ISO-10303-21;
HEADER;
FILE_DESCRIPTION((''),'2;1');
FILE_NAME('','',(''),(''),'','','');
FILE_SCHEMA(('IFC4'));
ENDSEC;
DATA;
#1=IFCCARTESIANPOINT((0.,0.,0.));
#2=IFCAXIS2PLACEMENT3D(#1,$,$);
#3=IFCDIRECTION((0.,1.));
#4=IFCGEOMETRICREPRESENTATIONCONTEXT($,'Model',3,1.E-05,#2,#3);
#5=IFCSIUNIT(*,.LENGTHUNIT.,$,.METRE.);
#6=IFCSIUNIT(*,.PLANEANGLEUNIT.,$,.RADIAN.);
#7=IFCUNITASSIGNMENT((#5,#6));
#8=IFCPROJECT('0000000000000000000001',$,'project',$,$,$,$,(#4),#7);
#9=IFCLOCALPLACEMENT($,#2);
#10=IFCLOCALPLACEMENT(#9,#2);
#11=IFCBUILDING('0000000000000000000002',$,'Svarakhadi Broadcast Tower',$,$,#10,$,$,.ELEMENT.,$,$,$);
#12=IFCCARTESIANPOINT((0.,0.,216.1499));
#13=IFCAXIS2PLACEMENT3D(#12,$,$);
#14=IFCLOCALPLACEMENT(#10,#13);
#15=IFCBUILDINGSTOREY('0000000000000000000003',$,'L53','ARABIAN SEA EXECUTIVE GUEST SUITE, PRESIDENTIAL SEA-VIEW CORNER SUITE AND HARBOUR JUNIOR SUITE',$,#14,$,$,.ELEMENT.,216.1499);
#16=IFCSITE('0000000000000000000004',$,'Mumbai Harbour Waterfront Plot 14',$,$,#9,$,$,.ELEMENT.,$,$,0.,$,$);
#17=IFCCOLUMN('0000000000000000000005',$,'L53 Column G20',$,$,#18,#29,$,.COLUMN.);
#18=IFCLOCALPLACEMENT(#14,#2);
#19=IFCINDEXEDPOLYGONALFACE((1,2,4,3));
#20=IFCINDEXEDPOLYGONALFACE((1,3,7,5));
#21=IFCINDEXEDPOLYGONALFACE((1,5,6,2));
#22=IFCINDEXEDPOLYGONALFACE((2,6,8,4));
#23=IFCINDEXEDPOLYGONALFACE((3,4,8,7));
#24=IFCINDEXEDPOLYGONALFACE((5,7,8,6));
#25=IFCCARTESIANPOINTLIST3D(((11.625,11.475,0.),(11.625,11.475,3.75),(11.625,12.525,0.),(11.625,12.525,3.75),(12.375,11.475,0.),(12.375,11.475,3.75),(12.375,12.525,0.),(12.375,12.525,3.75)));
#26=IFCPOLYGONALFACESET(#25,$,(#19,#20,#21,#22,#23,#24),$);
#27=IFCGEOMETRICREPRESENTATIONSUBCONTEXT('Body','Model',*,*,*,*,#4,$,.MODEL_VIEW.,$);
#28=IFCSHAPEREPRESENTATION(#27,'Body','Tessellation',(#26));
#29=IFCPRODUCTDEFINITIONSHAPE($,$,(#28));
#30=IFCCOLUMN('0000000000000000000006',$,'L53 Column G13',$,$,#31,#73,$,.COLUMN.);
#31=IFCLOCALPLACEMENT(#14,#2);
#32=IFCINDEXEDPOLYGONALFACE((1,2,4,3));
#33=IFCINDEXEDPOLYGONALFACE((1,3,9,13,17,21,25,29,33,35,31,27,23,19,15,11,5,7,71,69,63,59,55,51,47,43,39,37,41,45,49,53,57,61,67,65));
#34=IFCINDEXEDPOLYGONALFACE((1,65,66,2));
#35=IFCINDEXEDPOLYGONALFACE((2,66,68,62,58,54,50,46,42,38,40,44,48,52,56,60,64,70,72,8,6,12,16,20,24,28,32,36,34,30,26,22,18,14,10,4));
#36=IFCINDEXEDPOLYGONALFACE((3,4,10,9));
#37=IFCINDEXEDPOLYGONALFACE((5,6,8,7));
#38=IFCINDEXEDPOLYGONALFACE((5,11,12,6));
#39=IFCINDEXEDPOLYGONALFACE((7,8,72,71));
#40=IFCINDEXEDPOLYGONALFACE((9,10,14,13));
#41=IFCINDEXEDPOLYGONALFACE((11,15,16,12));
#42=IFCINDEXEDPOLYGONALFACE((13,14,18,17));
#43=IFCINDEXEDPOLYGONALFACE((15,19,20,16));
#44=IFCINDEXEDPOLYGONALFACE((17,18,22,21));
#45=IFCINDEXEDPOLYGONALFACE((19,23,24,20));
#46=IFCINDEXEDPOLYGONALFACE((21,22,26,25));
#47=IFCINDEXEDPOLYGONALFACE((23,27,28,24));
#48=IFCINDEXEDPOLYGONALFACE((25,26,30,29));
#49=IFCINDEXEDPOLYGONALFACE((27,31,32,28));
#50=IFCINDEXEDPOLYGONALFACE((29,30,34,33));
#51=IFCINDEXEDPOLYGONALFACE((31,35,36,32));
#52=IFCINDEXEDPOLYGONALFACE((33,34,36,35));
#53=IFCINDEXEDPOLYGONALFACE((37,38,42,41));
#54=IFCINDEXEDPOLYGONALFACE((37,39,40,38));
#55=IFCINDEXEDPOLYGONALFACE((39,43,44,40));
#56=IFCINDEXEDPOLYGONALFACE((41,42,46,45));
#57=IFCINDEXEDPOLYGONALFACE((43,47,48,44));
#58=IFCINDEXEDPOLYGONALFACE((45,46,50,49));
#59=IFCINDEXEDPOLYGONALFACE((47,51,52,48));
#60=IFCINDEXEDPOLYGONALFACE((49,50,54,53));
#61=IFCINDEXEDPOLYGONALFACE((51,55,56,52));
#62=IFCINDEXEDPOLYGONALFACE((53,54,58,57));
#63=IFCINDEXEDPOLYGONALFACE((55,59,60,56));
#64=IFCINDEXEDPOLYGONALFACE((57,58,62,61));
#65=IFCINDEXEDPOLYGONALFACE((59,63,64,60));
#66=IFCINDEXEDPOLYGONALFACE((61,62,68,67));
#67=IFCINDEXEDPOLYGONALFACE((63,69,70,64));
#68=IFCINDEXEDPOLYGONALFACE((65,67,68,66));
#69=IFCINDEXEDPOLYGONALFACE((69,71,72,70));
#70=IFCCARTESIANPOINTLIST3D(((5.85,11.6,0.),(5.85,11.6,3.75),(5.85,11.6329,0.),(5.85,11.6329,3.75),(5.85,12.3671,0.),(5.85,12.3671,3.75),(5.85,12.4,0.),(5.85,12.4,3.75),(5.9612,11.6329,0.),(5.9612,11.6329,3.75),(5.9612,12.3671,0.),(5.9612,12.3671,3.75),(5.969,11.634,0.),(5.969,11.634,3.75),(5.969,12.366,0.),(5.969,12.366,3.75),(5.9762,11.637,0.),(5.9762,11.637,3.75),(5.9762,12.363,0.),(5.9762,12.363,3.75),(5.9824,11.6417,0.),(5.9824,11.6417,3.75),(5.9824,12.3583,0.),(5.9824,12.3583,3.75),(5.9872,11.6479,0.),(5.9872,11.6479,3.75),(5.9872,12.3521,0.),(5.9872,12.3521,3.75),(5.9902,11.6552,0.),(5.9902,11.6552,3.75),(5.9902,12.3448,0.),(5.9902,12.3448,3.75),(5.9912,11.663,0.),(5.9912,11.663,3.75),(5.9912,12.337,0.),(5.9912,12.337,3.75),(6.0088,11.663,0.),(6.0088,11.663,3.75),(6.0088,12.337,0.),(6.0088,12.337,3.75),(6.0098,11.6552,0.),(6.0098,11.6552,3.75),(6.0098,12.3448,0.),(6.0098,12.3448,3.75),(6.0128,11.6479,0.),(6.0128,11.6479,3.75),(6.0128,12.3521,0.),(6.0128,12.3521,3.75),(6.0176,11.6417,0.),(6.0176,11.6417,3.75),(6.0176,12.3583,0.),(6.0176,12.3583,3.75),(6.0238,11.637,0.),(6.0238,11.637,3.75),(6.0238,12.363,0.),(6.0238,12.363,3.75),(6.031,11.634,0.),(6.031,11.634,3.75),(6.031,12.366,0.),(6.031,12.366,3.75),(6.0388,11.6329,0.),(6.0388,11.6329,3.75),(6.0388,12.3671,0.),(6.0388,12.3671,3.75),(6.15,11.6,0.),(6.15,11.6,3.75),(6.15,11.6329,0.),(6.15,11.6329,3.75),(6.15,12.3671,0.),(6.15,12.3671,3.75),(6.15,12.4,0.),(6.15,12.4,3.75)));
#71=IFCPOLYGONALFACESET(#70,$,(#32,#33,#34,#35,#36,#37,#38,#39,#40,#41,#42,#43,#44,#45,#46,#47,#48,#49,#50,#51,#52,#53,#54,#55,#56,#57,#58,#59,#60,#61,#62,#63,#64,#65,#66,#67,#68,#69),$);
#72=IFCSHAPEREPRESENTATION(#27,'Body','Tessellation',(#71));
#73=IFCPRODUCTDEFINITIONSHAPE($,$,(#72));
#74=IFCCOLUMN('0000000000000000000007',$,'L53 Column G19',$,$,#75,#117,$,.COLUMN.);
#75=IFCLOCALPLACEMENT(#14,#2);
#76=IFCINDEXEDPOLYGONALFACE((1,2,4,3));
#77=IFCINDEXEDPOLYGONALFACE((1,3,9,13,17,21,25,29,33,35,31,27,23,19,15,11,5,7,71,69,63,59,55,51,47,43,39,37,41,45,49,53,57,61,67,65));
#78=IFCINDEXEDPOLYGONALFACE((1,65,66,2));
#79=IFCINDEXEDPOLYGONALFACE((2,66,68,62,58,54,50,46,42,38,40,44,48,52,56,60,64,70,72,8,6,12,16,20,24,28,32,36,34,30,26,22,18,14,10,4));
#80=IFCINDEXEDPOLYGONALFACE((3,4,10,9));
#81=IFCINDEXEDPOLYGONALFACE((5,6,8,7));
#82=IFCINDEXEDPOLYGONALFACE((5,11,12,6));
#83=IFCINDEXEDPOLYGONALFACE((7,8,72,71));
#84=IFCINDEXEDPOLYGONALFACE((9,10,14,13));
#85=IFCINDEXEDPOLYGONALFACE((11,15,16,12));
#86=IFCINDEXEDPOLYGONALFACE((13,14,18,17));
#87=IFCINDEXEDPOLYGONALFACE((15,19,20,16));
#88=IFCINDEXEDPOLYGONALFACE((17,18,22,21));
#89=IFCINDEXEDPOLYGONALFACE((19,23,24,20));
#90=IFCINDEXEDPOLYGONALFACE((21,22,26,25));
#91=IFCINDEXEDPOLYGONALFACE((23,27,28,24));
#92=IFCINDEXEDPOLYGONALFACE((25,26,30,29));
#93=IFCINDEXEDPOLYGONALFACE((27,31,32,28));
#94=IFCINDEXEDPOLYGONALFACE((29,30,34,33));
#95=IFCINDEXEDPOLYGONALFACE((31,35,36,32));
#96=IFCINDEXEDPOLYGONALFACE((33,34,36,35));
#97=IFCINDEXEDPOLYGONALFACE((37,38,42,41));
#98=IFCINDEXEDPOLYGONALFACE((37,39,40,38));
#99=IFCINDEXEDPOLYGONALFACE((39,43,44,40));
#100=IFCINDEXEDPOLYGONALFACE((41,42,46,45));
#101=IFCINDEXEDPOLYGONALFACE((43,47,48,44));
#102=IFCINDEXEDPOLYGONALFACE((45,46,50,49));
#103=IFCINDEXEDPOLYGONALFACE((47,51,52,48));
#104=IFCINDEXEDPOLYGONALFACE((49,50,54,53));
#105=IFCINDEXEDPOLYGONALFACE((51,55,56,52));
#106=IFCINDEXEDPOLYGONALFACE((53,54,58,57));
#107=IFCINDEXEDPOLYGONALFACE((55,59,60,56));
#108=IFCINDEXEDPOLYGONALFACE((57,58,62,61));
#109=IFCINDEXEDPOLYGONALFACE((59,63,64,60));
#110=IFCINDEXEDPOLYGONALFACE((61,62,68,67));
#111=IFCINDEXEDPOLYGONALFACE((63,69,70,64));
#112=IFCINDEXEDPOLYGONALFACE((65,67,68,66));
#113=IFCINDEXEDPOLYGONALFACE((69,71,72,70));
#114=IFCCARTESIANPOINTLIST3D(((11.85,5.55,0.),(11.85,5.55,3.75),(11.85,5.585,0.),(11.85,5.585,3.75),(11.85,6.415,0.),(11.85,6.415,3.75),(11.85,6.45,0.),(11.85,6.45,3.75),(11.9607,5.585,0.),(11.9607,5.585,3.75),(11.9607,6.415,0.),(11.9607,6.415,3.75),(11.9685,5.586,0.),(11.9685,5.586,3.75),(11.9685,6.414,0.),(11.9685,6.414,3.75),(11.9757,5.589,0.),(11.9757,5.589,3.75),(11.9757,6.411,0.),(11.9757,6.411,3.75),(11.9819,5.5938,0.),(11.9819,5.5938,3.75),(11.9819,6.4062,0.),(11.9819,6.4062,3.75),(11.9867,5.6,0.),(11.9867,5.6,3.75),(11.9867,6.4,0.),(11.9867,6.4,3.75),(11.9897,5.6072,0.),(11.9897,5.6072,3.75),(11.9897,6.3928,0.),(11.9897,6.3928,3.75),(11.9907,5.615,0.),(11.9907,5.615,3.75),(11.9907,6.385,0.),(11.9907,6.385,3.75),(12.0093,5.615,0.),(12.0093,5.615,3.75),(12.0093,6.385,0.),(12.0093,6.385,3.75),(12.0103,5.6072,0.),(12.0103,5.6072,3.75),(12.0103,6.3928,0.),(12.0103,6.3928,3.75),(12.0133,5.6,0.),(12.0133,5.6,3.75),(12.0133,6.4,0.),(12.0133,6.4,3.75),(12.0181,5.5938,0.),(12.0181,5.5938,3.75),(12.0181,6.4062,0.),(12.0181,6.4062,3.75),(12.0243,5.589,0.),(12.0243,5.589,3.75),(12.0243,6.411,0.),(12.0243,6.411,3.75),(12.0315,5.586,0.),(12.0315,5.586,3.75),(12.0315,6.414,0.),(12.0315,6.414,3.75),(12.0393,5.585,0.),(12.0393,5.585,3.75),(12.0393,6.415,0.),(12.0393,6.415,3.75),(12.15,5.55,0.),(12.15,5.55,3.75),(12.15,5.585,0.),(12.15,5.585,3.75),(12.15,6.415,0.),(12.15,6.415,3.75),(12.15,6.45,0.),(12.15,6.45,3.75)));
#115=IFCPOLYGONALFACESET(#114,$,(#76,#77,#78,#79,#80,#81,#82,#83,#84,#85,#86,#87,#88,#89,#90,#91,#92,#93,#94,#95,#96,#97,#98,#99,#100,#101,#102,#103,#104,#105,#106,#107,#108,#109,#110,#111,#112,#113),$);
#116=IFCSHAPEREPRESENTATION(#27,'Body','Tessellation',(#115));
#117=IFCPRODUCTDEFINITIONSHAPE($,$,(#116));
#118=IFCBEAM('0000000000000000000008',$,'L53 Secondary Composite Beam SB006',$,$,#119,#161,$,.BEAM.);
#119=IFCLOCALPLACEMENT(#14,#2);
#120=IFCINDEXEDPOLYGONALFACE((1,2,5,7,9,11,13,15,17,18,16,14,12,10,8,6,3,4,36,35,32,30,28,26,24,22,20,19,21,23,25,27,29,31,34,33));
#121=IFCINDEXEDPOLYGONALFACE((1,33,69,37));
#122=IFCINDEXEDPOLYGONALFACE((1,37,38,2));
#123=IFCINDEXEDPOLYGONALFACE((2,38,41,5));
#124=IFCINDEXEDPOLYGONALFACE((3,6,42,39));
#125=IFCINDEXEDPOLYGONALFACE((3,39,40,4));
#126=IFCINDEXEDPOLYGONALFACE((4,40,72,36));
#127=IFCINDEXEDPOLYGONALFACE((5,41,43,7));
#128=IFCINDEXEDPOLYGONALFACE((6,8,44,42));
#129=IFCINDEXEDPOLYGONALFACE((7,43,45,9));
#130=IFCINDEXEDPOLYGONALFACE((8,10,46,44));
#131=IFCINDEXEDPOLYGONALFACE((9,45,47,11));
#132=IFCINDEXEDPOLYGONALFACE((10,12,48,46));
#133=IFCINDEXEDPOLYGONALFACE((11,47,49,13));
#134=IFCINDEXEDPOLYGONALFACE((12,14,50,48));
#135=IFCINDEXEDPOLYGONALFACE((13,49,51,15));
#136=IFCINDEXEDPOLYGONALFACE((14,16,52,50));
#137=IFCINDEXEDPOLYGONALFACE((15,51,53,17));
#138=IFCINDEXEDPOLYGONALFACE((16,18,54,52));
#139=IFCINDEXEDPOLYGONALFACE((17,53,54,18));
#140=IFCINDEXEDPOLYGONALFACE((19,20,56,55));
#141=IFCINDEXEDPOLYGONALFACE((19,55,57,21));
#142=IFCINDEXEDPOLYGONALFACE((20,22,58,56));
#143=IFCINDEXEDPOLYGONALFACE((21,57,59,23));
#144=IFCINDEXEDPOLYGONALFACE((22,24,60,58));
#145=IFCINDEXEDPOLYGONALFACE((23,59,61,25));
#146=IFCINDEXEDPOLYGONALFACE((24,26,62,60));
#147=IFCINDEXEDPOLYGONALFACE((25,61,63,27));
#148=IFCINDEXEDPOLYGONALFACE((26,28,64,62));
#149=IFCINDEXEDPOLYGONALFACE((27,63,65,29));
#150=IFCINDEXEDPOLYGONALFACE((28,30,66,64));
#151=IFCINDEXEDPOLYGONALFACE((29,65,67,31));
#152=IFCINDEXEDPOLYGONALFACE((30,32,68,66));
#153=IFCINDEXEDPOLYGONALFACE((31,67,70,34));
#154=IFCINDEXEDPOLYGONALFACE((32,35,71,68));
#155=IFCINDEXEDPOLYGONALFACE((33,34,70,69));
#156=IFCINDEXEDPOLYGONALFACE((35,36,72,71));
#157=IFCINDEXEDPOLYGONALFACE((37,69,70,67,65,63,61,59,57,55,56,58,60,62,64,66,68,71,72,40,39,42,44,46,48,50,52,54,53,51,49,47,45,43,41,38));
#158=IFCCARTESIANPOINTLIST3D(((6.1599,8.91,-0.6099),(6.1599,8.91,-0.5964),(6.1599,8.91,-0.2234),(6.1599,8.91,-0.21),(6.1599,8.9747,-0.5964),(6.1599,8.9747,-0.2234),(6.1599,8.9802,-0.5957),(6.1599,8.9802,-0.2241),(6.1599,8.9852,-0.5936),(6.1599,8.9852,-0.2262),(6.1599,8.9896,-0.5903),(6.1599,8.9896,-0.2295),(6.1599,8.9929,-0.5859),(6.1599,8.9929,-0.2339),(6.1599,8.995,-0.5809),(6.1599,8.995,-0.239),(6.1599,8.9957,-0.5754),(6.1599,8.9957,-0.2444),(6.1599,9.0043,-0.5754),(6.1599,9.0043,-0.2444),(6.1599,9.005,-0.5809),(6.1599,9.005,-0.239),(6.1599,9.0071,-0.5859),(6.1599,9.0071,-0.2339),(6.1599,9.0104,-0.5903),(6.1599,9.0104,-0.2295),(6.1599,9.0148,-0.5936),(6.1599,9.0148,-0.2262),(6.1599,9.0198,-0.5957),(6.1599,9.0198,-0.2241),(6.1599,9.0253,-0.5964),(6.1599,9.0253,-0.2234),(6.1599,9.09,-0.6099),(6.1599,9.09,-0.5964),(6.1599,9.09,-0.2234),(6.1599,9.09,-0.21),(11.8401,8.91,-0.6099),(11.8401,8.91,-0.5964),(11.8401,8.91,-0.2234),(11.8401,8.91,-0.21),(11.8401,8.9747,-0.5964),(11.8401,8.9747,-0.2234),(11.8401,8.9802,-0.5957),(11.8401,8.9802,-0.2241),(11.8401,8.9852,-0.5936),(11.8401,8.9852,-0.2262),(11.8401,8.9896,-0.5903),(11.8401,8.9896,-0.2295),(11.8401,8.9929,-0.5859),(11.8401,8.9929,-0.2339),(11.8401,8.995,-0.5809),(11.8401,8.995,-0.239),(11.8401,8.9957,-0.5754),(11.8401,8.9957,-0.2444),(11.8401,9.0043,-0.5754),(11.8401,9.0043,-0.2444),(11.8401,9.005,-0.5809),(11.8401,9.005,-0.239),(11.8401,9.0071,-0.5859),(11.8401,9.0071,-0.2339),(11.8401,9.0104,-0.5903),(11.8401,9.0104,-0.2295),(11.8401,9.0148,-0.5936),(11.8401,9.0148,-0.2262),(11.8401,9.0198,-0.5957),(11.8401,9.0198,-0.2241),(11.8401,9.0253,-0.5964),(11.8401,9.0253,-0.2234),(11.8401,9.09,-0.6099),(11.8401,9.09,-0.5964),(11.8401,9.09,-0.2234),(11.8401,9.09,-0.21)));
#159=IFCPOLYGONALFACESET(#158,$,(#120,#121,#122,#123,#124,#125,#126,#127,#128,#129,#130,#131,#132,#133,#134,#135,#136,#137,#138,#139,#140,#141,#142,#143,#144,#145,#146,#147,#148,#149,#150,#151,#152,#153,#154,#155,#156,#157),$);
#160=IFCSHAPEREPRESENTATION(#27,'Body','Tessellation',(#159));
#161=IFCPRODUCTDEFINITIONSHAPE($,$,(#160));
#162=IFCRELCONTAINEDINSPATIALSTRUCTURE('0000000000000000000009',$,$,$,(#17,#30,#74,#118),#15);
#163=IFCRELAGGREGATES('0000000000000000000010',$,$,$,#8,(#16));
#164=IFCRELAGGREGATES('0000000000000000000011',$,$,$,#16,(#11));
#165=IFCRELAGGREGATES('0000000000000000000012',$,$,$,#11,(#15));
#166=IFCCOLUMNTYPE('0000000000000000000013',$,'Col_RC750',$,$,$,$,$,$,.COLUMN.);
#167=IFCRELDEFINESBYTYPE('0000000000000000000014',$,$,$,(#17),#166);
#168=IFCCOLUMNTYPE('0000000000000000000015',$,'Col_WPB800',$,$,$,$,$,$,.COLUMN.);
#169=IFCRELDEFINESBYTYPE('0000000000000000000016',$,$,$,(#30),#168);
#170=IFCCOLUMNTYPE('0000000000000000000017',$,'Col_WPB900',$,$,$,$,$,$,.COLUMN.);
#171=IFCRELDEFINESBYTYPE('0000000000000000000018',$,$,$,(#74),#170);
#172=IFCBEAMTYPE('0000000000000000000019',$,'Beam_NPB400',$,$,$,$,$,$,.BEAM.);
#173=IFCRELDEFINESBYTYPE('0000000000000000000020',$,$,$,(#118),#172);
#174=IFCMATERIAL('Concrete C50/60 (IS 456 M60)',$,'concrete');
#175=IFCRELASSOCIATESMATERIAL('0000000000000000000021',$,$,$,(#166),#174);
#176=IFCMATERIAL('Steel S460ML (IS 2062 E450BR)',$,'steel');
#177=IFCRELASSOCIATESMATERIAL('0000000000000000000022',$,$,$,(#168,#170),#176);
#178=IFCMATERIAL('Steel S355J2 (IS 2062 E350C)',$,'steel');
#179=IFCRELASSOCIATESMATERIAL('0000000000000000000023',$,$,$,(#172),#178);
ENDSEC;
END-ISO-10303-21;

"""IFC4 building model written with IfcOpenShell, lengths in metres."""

from ifc_helpers import new_model, si_unit, direction, frame, origin, origin_2d, place, context, subcontext, project, spatial, rectangle, i_section, extrude, material, material_profile, profile_set, type_object, element, save


model = new_model("IFC4")

# Units and contexts
model_context = context("Model", 3, precision=1e-05, world=origin(), true_north=direction((0.0, 1.0)))
body_context = subcontext(model_context, "Body", "Model", "MODEL_VIEW")
ifc_project = project(units=[si_unit("LENGTHUNIT", "METRE"), si_unit("PLANEANGLEUNIT", "RADIAN")], contexts=[model_context])

# Site, building, storey
site_placement = place(None, origin())
site = spatial("IfcSite", under=ifc_project, at=site_placement, Name="Mumbai Harbour Waterfront Plot 14", CompositionType="ELEMENT", RefElevation=0.0)
building_placement = place(site_placement, origin())
building = spatial("IfcBuilding", under=site, at=building_placement, Name="Svarakhadi Broadcast Tower", CompositionType="ELEMENT")
storey_placement = place(building_placement, frame((0.0, 0.0, 216.1499)))
storey = spatial("IfcBuildingStorey", under=building, at=storey_placement, Name="L53", Description="ARABIAN SEA EXECUTIVE GUEST SUITE, PRESIDENTIAL SEA-VIEW CORNER SUITE AND HARBOUR JUNIOR SUITE", CompositionType="ELEMENT", Elevation=216.1499)

# Columns
ifc_material_1 = material(Name="Concrete C50/60 (IS 456 M60)", Category="concrete")
ifc_material_profile_1 = material_profile(ifc_material_1, rectangle(XDim=0.75, YDim=1.05, at=origin_2d()), Name="RC 750x1050")
ifc_profile_set_1 = profile_set([ifc_material_profile_1], Name="Concrete C50/60 (IS 456 M60)")
column_type_1 = type_object("IfcColumnType", Name="Col_RC750", PredefinedType="COLUMN", material=ifc_profile_set_1)
column_1_placement = place(storey_placement, frame((12.0, 12.0, 0.0), z_axis=(0.0, 0.0, 1.0), x_axis=(1.0, 0.0, 0.0)))
element("IfcColumn", 1, at=column_1_placement, inside=storey, type_object=column_type_1, Name="L53 Column G20", PredefinedType="COLUMN", context=body_context, shape_type="SweptSolid", body=[
    extrude(rectangle(XDim=0.75, YDim=1.05, at=origin_2d()), origin(), (0.0, 0.0, 1.0), 3.75),
])
ifc_material_2 = material(Name="Steel S460ML (IS 2062 E450BR)", Category="steel")
ifc_material_profile_2 = material_profile(ifc_material_2, i_section(OverallWidth=0.3, OverallDepth=0.8, WebThickness=0.0176, FlangeThickness=0.033, FilletRadius=0.03, at=origin_2d()), Name="WPB 800x300x262")
ifc_profile_set_2 = profile_set([ifc_material_profile_2], Name="Steel S460ML (IS 2062 E450BR)")
column_type_2 = type_object("IfcColumnType", Name="Col_WPB800", PredefinedType="COLUMN", material=ifc_profile_set_2)
column_2_placement = place(storey_placement, frame((6.0, 12.0, 0.0), z_axis=(0.0, 0.0, 1.0), x_axis=(1.0, 0.0, 0.0)))
element("IfcColumn", 2, at=column_2_placement, inside=storey, type_object=column_type_2, Name="L53 Column G13", PredefinedType="COLUMN", context=body_context, shape_type="SweptSolid", body=[
    extrude(i_section(OverallWidth=0.3, OverallDepth=0.8, WebThickness=0.0176, FlangeThickness=0.033, FilletRadius=0.03, at=origin_2d()), origin(), (0.0, 0.0, 1.0), 3.75),
])
ifc_material_profile_3 = material_profile(ifc_material_2, i_section(OverallWidth=0.3, OverallDepth=0.8999, WebThickness=0.0186, FlangeThickness=0.0349, FilletRadius=0.03, at=origin_2d()), Name="WPB 900x300x291")
ifc_profile_set_3 = profile_set([ifc_material_profile_3], Name="Steel S460ML (IS 2062 E450BR)")
column_type_3 = type_object("IfcColumnType", Name="Col_WPB900", PredefinedType="COLUMN", material=ifc_profile_set_3)
column_3_placement = place(storey_placement, frame((12.0, 6.0, 0.0), z_axis=(0.0, 0.0, 1.0), x_axis=(1.0, 0.0, 0.0)))
element("IfcColumn", 3, at=column_3_placement, inside=storey, type_object=column_type_3, Name="L53 Column G19", PredefinedType="COLUMN", context=body_context, shape_type="SweptSolid", body=[
    extrude(i_section(OverallWidth=0.3, OverallDepth=0.8999, WebThickness=0.0186, FlangeThickness=0.0349, FilletRadius=0.03, at=origin_2d()), origin(), (0.0, 0.0, 1.0), 3.75),
])

# Beam
ifc_material_3 = material(Name="Steel S355J2 (IS 2062 E350C)", Category="steel")
ifc_material_profile_4 = material_profile(ifc_material_3, i_section(OverallWidth=0.1799, OverallDepth=0.3999, WebThickness=0.0085, FlangeThickness=0.0134, FilletRadius=0.021, at=origin_2d()), Name="NPB 400x180x66")
ifc_profile_set_4 = profile_set([ifc_material_profile_4], Name="Steel S355J2 (IS 2062 E350C)")
beam_type_1 = type_object("IfcBeamType", Name="Beam_NPB400", PredefinedType="BEAM", material=ifc_profile_set_4)
for number, where, z_axis, x_axis, name in (
    (4, (6.1599, 9.0, -0.4099), (1.0, 0.0, 0.0), (0.0, 1.0, 0.0), "L53 Secondary Composite Beam SB006"),
):
    element("IfcBeam", number, at=place(storey_placement, frame(where, z_axis=z_axis, x_axis=x_axis)), inside=storey, type_object=beam_type_1, Name=name, PredefinedType="BEAM", context=body_context, shape_type="SweptSolid", body=[
        extrude(i_section(OverallWidth=0.1799, OverallDepth=0.3999, WebThickness=0.0085, FlangeThickness=0.0134, FilletRadius=0.021, at=origin_2d()), origin(), (0.0, 0.0, 1.0), 5.6802),
    ])

save(model, "model.ifc")
